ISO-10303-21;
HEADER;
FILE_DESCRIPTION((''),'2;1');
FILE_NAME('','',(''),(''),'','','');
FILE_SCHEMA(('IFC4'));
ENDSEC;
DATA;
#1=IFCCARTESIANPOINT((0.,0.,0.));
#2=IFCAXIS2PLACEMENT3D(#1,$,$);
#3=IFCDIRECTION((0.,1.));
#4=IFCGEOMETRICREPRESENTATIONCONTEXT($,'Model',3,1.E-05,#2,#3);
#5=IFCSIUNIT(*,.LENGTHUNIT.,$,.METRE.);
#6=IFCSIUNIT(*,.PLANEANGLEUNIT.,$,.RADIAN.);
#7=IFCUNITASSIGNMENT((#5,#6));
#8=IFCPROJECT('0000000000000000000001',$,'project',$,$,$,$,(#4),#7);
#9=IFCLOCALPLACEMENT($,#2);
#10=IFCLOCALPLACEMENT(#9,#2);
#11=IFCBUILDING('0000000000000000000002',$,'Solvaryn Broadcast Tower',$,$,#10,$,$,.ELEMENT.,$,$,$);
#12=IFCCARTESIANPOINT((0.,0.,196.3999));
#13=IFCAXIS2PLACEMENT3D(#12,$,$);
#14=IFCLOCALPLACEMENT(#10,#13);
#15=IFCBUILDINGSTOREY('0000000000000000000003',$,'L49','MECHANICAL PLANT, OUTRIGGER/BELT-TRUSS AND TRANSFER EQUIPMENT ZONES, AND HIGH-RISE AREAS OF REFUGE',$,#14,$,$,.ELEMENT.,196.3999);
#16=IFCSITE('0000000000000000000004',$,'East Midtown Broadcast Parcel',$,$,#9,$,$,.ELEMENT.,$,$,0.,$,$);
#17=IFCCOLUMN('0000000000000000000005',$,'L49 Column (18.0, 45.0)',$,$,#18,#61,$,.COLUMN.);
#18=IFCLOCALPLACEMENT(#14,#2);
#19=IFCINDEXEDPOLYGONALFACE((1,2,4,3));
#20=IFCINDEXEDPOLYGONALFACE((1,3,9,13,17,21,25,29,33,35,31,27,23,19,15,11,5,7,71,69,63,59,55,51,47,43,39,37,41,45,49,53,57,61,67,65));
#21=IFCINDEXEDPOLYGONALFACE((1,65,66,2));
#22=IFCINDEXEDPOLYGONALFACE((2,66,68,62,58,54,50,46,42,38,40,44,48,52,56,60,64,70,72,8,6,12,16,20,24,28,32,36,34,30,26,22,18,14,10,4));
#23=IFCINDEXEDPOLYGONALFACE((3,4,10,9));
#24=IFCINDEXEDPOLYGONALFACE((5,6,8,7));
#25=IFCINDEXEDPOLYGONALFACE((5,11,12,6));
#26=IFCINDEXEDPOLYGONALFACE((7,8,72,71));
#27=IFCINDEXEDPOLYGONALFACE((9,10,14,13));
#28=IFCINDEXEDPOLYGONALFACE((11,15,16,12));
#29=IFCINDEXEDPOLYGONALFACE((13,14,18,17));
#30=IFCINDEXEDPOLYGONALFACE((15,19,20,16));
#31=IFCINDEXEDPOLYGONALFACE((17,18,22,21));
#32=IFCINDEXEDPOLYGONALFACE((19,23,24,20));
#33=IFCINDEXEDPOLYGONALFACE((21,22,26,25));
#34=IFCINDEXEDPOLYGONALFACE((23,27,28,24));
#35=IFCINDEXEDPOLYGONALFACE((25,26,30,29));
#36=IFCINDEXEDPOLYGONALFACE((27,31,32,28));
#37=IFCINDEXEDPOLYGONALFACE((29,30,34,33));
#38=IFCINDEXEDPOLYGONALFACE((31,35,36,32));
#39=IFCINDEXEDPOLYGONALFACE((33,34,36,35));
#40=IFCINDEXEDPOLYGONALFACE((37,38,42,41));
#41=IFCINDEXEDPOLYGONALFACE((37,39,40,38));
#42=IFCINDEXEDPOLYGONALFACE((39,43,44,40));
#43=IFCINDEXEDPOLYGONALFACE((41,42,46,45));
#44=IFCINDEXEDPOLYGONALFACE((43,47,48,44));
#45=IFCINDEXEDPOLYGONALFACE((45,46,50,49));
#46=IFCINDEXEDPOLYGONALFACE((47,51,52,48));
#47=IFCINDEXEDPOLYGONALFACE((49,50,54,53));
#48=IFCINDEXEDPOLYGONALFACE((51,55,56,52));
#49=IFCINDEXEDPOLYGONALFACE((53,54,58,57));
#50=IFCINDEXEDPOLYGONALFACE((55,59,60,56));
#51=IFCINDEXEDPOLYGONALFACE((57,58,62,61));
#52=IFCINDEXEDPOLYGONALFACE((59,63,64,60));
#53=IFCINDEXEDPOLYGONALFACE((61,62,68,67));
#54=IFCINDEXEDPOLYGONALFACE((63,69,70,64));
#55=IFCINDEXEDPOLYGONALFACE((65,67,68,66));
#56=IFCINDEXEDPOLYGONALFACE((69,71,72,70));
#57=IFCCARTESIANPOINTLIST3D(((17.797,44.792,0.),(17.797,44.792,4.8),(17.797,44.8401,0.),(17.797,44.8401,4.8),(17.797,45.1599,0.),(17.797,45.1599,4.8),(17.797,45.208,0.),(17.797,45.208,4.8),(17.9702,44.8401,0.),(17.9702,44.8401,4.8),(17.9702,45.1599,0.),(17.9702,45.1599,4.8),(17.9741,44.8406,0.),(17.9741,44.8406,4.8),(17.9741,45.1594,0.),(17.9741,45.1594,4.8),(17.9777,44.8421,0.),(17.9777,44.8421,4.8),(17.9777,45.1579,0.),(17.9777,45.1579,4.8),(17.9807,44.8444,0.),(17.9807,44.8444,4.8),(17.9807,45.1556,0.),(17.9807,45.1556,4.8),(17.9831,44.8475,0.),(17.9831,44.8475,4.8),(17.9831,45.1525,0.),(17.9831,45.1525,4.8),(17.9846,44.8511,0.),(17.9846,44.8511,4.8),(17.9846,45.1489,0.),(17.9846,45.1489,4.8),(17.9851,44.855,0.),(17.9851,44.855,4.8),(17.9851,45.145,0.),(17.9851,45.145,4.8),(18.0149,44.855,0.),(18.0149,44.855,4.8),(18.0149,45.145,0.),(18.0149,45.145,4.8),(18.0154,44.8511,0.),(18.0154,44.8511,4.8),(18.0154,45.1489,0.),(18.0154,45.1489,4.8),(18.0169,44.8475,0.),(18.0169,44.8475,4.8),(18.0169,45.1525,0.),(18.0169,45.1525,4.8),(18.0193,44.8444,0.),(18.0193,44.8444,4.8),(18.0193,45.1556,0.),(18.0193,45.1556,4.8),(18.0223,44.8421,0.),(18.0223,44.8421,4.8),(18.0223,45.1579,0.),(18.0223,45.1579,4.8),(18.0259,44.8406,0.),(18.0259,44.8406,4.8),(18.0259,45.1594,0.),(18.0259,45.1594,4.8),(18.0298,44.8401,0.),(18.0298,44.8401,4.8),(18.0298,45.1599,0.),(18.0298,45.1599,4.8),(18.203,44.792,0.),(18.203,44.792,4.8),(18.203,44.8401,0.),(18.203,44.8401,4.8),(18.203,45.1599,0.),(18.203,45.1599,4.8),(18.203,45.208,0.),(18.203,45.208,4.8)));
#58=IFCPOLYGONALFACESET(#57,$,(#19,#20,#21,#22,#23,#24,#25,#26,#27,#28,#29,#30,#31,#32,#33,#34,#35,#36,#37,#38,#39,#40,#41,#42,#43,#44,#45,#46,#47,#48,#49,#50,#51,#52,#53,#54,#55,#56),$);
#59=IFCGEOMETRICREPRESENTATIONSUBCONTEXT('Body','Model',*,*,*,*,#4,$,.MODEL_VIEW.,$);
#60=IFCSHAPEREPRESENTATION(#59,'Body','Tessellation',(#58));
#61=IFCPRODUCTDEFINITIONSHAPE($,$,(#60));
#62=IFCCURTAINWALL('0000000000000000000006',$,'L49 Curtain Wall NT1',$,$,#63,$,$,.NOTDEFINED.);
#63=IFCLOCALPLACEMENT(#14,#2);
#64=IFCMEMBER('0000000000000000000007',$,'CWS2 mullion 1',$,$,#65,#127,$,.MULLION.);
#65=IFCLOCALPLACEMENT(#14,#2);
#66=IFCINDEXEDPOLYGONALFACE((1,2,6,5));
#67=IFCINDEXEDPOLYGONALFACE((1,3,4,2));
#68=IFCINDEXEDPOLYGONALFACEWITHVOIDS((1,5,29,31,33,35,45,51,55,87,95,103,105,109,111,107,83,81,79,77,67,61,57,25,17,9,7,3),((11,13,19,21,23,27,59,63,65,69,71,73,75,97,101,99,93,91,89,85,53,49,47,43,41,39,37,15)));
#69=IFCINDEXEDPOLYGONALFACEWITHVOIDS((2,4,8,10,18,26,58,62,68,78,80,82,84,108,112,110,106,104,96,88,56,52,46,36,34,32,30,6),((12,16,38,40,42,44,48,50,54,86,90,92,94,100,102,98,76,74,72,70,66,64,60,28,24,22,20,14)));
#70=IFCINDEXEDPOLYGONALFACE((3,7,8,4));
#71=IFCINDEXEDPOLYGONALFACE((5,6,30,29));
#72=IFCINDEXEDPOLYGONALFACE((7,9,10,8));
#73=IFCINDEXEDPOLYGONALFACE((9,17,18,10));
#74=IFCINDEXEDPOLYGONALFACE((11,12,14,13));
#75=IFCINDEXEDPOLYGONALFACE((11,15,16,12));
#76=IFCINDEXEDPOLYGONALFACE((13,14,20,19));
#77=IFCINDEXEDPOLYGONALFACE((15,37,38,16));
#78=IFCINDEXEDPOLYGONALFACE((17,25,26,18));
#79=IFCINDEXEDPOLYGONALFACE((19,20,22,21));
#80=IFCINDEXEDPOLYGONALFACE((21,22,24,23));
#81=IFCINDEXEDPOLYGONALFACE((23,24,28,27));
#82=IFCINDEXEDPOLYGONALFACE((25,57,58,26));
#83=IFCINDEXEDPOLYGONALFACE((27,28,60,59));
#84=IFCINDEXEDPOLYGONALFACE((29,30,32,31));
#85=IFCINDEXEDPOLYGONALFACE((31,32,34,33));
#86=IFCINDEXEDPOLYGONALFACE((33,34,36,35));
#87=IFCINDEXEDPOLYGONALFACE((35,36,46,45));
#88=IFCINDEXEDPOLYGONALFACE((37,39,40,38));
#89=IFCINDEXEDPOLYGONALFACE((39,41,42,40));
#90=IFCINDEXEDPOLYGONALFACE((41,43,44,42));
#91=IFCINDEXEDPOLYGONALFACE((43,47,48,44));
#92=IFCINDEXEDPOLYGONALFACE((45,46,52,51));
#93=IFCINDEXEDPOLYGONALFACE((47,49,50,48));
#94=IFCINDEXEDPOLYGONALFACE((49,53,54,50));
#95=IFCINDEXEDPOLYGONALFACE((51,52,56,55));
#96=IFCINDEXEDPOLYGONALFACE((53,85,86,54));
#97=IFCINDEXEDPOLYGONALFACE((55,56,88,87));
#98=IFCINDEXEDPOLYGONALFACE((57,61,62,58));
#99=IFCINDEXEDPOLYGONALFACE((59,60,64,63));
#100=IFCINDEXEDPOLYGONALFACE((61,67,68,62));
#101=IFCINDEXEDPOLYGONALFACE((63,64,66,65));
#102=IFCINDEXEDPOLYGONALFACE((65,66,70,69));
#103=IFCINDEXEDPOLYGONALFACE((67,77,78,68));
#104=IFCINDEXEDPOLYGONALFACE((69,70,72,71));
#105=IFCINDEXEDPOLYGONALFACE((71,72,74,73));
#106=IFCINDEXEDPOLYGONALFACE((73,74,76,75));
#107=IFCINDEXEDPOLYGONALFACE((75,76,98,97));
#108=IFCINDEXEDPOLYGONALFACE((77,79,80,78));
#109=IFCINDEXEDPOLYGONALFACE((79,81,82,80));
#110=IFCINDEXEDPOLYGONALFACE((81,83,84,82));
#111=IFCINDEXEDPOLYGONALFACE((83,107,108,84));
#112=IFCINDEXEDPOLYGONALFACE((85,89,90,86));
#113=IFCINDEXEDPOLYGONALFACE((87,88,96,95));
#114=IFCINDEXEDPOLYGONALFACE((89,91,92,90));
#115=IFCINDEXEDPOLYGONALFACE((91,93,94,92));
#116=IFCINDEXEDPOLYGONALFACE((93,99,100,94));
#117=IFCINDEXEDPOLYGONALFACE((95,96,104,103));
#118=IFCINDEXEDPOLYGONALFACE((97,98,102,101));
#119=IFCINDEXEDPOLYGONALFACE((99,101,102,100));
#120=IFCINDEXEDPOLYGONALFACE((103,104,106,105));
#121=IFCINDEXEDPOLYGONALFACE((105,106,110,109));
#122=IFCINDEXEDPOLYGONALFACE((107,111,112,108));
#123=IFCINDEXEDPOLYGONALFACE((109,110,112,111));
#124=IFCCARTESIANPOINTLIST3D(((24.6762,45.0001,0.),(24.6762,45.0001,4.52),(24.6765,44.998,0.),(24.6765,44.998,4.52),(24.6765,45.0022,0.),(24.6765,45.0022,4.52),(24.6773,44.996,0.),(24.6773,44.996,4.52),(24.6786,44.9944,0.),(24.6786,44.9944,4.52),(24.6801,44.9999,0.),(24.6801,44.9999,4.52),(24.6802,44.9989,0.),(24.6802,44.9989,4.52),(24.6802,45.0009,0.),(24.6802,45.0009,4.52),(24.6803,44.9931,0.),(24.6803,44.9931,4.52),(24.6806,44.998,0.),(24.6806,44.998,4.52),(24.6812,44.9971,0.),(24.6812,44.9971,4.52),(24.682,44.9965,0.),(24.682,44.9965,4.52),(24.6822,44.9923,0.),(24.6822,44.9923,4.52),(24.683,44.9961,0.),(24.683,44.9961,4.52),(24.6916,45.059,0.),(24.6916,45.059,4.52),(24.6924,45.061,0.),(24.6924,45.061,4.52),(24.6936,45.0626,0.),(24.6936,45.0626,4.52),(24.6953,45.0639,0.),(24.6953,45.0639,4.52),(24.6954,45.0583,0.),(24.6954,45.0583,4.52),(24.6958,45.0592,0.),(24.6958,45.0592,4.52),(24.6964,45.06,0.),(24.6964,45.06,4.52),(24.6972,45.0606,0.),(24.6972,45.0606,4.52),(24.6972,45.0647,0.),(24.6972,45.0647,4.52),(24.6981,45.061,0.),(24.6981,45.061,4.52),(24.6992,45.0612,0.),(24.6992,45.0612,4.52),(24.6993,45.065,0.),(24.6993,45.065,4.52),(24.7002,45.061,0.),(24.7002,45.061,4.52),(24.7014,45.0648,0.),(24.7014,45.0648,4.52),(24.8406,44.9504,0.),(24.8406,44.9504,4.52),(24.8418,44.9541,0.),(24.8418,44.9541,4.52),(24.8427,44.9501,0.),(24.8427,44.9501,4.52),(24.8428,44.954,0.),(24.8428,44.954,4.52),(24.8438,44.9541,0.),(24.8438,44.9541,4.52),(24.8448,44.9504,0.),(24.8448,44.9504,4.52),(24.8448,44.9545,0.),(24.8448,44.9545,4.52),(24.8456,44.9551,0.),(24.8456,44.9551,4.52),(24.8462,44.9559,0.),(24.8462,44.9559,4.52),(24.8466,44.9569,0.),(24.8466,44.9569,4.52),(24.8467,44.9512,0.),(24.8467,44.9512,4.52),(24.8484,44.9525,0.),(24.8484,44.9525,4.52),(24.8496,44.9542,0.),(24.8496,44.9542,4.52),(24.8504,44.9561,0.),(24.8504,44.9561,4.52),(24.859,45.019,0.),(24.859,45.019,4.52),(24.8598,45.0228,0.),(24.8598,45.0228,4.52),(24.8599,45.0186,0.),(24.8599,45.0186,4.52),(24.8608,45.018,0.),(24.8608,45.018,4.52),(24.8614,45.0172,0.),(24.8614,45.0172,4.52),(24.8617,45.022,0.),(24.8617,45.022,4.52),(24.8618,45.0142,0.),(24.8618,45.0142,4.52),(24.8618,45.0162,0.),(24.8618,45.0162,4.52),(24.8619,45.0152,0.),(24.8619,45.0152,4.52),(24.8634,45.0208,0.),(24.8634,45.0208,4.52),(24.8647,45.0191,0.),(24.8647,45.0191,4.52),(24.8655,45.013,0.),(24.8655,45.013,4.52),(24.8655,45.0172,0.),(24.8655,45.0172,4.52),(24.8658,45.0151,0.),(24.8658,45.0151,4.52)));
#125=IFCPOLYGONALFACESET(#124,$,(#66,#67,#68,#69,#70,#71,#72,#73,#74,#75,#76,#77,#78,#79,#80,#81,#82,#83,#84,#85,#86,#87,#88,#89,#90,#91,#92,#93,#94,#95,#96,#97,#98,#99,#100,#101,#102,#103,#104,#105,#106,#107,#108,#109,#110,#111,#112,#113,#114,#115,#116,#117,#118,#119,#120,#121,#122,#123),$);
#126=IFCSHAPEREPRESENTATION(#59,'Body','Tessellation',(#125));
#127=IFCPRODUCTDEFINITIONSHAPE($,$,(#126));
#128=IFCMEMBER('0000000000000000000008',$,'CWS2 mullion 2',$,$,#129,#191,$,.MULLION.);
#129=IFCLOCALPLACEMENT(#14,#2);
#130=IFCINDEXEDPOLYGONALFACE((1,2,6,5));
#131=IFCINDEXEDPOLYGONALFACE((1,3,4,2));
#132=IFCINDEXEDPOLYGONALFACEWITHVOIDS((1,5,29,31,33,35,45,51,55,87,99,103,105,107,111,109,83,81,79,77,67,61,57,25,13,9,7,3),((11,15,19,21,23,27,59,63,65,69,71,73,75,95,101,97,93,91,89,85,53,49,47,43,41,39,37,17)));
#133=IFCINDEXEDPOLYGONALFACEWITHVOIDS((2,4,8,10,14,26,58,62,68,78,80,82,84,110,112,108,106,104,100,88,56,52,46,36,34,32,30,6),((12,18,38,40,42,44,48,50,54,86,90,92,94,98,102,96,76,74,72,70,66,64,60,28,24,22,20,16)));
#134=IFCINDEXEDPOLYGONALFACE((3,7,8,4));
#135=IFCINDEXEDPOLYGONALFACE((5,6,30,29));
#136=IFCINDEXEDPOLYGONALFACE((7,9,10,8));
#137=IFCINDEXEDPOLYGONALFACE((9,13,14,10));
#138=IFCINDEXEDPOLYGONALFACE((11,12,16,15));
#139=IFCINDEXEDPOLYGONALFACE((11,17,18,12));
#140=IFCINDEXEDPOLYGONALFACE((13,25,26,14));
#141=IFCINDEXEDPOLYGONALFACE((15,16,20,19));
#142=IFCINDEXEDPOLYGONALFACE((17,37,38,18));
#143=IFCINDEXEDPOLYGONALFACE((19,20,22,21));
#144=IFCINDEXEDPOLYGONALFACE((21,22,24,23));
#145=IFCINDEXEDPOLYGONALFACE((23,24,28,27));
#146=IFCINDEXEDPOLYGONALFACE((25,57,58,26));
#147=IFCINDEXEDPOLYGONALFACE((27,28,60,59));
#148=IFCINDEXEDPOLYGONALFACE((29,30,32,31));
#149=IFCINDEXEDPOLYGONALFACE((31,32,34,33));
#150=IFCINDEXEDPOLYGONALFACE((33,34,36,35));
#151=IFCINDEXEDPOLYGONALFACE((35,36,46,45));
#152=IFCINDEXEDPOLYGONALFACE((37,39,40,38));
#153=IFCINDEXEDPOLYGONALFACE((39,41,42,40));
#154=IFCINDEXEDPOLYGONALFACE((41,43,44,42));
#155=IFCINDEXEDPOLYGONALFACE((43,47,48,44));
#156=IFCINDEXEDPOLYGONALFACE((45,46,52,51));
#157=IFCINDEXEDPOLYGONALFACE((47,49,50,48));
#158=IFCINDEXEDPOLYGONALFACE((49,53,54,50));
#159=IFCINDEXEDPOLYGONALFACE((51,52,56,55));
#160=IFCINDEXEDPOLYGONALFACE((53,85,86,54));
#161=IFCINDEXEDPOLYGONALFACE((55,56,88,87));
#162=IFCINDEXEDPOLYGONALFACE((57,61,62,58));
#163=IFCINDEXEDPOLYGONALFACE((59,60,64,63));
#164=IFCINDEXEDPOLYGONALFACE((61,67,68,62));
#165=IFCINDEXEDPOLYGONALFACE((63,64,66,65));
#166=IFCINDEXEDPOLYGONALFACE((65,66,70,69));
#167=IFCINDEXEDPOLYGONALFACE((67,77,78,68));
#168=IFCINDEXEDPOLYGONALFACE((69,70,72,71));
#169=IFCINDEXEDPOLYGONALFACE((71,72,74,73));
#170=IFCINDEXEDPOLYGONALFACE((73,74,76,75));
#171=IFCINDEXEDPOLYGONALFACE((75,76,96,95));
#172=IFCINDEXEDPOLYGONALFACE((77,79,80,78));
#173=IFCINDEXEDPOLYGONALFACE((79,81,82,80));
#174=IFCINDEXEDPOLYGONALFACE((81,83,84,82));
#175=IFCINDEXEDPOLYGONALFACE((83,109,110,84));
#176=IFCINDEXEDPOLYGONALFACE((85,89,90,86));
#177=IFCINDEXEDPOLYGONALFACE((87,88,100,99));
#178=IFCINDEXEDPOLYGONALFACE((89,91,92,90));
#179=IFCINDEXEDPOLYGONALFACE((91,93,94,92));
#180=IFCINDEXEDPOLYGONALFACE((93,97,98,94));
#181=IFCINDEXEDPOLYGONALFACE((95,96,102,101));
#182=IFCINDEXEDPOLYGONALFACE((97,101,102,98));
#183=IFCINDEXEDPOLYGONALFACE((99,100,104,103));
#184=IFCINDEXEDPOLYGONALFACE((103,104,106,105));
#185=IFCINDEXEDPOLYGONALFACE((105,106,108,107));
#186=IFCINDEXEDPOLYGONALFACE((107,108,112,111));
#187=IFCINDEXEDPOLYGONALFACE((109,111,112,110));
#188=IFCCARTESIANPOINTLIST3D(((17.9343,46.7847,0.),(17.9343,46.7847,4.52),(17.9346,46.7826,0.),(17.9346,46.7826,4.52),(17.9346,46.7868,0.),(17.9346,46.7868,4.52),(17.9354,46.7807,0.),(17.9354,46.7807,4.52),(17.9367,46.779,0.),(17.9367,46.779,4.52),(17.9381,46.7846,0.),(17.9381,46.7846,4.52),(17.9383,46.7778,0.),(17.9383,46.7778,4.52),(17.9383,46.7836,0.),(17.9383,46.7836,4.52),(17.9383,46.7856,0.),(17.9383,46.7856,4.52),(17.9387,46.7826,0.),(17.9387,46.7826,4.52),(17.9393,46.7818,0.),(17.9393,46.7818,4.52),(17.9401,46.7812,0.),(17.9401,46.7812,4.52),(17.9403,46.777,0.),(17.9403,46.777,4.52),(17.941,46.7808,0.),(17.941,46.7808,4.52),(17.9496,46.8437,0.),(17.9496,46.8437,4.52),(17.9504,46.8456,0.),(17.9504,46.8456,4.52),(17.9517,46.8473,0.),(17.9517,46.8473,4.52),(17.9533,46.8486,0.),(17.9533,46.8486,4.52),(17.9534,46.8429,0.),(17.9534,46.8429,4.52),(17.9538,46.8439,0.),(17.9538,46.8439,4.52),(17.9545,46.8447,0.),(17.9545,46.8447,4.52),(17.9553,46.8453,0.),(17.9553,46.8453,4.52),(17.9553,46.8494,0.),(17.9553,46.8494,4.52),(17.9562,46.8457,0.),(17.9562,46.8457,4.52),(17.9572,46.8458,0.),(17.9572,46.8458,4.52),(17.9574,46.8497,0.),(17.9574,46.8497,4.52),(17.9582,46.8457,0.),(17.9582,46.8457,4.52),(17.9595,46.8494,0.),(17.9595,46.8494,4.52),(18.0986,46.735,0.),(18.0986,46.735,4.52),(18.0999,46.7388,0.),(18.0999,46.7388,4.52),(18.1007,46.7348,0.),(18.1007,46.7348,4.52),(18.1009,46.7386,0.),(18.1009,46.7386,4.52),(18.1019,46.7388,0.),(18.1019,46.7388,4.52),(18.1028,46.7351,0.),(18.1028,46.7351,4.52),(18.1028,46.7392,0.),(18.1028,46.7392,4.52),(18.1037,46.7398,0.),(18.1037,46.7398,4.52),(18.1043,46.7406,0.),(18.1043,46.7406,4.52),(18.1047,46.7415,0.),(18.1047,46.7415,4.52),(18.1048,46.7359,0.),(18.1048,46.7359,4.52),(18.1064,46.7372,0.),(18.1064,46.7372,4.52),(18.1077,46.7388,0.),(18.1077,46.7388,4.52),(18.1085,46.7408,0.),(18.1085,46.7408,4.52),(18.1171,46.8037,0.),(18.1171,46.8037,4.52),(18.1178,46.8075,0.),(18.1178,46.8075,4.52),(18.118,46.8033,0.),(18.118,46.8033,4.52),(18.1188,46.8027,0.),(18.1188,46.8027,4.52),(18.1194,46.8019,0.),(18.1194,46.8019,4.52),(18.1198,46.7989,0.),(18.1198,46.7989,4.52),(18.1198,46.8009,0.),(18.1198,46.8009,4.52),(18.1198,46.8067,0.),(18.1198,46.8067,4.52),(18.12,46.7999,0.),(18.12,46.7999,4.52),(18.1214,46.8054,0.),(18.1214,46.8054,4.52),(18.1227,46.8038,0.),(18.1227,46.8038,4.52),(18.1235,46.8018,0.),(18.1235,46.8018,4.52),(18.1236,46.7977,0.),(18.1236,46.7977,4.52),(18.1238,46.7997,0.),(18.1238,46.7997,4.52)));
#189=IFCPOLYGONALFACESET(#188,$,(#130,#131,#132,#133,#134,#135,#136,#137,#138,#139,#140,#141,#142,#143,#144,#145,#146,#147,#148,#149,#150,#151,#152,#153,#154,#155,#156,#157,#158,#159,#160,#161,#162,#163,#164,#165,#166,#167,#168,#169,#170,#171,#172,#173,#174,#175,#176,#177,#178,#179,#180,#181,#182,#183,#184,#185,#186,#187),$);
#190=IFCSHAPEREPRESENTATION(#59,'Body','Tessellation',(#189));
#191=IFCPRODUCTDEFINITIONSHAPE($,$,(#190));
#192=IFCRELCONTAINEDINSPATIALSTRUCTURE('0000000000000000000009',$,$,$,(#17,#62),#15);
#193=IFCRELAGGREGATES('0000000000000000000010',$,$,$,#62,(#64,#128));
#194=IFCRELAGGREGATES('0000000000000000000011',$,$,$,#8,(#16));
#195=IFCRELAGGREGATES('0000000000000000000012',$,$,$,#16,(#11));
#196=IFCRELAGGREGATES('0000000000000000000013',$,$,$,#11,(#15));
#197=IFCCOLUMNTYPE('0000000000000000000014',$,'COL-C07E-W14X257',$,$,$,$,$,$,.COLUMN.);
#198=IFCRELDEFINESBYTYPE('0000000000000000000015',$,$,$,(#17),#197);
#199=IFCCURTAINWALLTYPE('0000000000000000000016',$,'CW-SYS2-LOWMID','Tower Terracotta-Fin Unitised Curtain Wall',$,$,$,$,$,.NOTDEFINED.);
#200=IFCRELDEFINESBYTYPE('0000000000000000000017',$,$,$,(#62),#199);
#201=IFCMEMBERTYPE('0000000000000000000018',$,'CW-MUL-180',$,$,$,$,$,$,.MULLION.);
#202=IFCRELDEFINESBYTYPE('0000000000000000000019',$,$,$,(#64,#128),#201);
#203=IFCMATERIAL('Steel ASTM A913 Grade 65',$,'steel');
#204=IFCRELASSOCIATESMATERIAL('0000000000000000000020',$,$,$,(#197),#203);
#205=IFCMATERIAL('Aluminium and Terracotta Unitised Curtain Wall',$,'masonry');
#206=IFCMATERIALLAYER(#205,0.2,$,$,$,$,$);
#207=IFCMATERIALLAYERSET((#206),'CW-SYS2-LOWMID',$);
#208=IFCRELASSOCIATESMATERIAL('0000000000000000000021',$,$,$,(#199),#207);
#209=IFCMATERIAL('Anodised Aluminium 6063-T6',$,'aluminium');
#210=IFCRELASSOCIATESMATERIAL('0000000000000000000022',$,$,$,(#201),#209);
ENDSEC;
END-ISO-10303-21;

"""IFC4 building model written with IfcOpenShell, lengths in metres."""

from ifc_helpers import new_model, si_unit, direction, frame, origin, origin_2d, place, context, subcontext, project, spatial, hollow_rectangle, i_section, extrude, material, layer, layer_set, material_profile, profile_set, type_object, element, aggregate, save


model = new_model("IFC4")

# Units and contexts
model_context = context("Model", 3, precision=1e-05, world=origin(), true_north=direction((0.0, 1.0)))
body_context = subcontext(model_context, "Body", "Model", "MODEL_VIEW")
ifc_project = project(units=[si_unit("LENGTHUNIT", "METRE"), si_unit("PLANEANGLEUNIT", "RADIAN")], contexts=[model_context])

# Site, building, storey
site_placement = place(None, origin())
site = spatial("IfcSite", under=ifc_project, at=site_placement, Name="East Midtown Broadcast Parcel", CompositionType="ELEMENT", RefElevation=0.0)
building_placement = place(site_placement, origin())
building = spatial("IfcBuilding", under=site, at=building_placement, Name="Solvaryn Broadcast Tower", CompositionType="ELEMENT")
storey_placement = place(building_placement, frame((0.0, 0.0, 196.3999)))
storey = spatial("IfcBuildingStorey", under=building, at=storey_placement, Name="L49", Description="MECHANICAL PLANT, OUTRIGGER/BELT-TRUSS AND TRANSFER EQUIPMENT ZONES, AND HIGH-RISE AREAS OF REFUGE", CompositionType="ELEMENT", Elevation=196.3999)

# Column
ifc_material_1 = material(Name="Steel ASTM A913 Grade 65", Category="steel")
ifc_material_profile_1 = material_profile(ifc_material_1, i_section(OverallWidth=0.406, OverallDepth=0.416, WebThickness=0.0298, FlangeThickness=0.0481, FilletRadius=0.0149, at=origin_2d()))
ifc_profile_set_1 = profile_set([ifc_material_profile_1], Name="Steel ASTM A913 Grade 65")
column_type = type_object("IfcColumnType", Name="COL-C07E-W14X257", PredefinedType="COLUMN", material=ifc_profile_set_1)
column_placement = place(storey_placement, frame((18.0, 45.0, 0.0), z_axis=(0.0, 0.0, 1.0), x_axis=(1.0, 0.0, 0.0)))
element("IfcColumn", 1, at=column_placement, inside=storey, type_object=column_type, Name="L49 Column (18.0, 45.0)", PredefinedType="COLUMN", context=body_context, shape_type="SweptSolid", body=[
    extrude(i_section(OverallWidth=0.406, OverallDepth=0.416, WebThickness=0.0298, FlangeThickness=0.0481, FilletRadius=0.0149, at=origin_2d()), origin(), (0.0, 0.0, 1.0), 4.8),
])

# Curtain wall, members
ifc_material_2 = material(Name="Aluminium and Terracotta Unitised Curtain Wall", Category="masonry")
ifc_layer_1 = layer(ifc_material_2, 0.2)
ifc_layer_set_1 = layer_set([ifc_layer_1], Name="CW-SYS2-LOWMID")
curtain_wall_type = type_object("IfcCurtainWallType", Name="CW-SYS2-LOWMID", Description="Tower Terracotta-Fin Unitised Curtain Wall", PredefinedType="NOTDEFINED", material=ifc_layer_set_1)
curtain_wall_1_placement = place(storey_placement, origin())
curtain_wall_1 = element("IfcCurtainWall", 2, at=curtain_wall_1_placement, inside=storey, type_object=curtain_wall_type, Name="L49 Curtain Wall NT1", PredefinedType="NOTDEFINED")
ifc_material_3 = material(Name="Anodised Aluminium 6063-T6", Category="aluminium")
ifc_material_profile_2 = material_profile(ifc_material_3, hollow_rectangle(XDim=0.075, YDim=0.1799, WallThickness=0.0039, InnerFilletRadius=0.0039, OuterFilletRadius=0.0081, at=origin_2d()))
ifc_profile_set_2 = profile_set([ifc_material_profile_2], Name="Anodised Aluminium 6063-T6")
member_type_1 = type_object("IfcMemberType", Name="CW-MUL-180", PredefinedType="MULLION", material=ifc_profile_set_2)
member_1_placement = place(storey_placement, frame((24.771, 45.0076, 0.0), z_axis=(0.0, 0.0, 1.0), x_axis=(-0.255893, -0.966705, 0.0)))
member_1 = element("IfcMember", 3, at=member_1_placement, type_object=member_type_1, Name="CWS2 mullion 1", PredefinedType="MULLION", context=body_context, shape_type="SweptSolid", body=[
    extrude(hollow_rectangle(XDim=0.075, YDim=0.1799, WallThickness=0.0039, InnerFilletRadius=0.0039, OuterFilletRadius=0.0081, at=origin_2d()), origin(), (0.0, 0.0, 1.0), 4.52),
])
member_2_placement = place(storey_placement, frame((18.0291, 46.7922, 0.0), z_axis=(0.0, 0.0, 1.0), x_axis=(-0.255893, -0.966705, 0.0)))
member_2 = element("IfcMember", 4, at=member_2_placement, type_object=member_type_1, Name="CWS2 mullion 2", PredefinedType="MULLION", context=body_context, shape_type="SweptSolid", body=[
    extrude(hollow_rectangle(XDim=0.075, YDim=0.1799, WallThickness=0.0039, InnerFilletRadius=0.0039, OuterFilletRadius=0.0081, at=origin_2d()), origin(), (0.0, 0.0, 1.0), 4.52),
])

aggregate(curtain_wall_1, [member_1, member_2])

save(model, "model.ifc")
